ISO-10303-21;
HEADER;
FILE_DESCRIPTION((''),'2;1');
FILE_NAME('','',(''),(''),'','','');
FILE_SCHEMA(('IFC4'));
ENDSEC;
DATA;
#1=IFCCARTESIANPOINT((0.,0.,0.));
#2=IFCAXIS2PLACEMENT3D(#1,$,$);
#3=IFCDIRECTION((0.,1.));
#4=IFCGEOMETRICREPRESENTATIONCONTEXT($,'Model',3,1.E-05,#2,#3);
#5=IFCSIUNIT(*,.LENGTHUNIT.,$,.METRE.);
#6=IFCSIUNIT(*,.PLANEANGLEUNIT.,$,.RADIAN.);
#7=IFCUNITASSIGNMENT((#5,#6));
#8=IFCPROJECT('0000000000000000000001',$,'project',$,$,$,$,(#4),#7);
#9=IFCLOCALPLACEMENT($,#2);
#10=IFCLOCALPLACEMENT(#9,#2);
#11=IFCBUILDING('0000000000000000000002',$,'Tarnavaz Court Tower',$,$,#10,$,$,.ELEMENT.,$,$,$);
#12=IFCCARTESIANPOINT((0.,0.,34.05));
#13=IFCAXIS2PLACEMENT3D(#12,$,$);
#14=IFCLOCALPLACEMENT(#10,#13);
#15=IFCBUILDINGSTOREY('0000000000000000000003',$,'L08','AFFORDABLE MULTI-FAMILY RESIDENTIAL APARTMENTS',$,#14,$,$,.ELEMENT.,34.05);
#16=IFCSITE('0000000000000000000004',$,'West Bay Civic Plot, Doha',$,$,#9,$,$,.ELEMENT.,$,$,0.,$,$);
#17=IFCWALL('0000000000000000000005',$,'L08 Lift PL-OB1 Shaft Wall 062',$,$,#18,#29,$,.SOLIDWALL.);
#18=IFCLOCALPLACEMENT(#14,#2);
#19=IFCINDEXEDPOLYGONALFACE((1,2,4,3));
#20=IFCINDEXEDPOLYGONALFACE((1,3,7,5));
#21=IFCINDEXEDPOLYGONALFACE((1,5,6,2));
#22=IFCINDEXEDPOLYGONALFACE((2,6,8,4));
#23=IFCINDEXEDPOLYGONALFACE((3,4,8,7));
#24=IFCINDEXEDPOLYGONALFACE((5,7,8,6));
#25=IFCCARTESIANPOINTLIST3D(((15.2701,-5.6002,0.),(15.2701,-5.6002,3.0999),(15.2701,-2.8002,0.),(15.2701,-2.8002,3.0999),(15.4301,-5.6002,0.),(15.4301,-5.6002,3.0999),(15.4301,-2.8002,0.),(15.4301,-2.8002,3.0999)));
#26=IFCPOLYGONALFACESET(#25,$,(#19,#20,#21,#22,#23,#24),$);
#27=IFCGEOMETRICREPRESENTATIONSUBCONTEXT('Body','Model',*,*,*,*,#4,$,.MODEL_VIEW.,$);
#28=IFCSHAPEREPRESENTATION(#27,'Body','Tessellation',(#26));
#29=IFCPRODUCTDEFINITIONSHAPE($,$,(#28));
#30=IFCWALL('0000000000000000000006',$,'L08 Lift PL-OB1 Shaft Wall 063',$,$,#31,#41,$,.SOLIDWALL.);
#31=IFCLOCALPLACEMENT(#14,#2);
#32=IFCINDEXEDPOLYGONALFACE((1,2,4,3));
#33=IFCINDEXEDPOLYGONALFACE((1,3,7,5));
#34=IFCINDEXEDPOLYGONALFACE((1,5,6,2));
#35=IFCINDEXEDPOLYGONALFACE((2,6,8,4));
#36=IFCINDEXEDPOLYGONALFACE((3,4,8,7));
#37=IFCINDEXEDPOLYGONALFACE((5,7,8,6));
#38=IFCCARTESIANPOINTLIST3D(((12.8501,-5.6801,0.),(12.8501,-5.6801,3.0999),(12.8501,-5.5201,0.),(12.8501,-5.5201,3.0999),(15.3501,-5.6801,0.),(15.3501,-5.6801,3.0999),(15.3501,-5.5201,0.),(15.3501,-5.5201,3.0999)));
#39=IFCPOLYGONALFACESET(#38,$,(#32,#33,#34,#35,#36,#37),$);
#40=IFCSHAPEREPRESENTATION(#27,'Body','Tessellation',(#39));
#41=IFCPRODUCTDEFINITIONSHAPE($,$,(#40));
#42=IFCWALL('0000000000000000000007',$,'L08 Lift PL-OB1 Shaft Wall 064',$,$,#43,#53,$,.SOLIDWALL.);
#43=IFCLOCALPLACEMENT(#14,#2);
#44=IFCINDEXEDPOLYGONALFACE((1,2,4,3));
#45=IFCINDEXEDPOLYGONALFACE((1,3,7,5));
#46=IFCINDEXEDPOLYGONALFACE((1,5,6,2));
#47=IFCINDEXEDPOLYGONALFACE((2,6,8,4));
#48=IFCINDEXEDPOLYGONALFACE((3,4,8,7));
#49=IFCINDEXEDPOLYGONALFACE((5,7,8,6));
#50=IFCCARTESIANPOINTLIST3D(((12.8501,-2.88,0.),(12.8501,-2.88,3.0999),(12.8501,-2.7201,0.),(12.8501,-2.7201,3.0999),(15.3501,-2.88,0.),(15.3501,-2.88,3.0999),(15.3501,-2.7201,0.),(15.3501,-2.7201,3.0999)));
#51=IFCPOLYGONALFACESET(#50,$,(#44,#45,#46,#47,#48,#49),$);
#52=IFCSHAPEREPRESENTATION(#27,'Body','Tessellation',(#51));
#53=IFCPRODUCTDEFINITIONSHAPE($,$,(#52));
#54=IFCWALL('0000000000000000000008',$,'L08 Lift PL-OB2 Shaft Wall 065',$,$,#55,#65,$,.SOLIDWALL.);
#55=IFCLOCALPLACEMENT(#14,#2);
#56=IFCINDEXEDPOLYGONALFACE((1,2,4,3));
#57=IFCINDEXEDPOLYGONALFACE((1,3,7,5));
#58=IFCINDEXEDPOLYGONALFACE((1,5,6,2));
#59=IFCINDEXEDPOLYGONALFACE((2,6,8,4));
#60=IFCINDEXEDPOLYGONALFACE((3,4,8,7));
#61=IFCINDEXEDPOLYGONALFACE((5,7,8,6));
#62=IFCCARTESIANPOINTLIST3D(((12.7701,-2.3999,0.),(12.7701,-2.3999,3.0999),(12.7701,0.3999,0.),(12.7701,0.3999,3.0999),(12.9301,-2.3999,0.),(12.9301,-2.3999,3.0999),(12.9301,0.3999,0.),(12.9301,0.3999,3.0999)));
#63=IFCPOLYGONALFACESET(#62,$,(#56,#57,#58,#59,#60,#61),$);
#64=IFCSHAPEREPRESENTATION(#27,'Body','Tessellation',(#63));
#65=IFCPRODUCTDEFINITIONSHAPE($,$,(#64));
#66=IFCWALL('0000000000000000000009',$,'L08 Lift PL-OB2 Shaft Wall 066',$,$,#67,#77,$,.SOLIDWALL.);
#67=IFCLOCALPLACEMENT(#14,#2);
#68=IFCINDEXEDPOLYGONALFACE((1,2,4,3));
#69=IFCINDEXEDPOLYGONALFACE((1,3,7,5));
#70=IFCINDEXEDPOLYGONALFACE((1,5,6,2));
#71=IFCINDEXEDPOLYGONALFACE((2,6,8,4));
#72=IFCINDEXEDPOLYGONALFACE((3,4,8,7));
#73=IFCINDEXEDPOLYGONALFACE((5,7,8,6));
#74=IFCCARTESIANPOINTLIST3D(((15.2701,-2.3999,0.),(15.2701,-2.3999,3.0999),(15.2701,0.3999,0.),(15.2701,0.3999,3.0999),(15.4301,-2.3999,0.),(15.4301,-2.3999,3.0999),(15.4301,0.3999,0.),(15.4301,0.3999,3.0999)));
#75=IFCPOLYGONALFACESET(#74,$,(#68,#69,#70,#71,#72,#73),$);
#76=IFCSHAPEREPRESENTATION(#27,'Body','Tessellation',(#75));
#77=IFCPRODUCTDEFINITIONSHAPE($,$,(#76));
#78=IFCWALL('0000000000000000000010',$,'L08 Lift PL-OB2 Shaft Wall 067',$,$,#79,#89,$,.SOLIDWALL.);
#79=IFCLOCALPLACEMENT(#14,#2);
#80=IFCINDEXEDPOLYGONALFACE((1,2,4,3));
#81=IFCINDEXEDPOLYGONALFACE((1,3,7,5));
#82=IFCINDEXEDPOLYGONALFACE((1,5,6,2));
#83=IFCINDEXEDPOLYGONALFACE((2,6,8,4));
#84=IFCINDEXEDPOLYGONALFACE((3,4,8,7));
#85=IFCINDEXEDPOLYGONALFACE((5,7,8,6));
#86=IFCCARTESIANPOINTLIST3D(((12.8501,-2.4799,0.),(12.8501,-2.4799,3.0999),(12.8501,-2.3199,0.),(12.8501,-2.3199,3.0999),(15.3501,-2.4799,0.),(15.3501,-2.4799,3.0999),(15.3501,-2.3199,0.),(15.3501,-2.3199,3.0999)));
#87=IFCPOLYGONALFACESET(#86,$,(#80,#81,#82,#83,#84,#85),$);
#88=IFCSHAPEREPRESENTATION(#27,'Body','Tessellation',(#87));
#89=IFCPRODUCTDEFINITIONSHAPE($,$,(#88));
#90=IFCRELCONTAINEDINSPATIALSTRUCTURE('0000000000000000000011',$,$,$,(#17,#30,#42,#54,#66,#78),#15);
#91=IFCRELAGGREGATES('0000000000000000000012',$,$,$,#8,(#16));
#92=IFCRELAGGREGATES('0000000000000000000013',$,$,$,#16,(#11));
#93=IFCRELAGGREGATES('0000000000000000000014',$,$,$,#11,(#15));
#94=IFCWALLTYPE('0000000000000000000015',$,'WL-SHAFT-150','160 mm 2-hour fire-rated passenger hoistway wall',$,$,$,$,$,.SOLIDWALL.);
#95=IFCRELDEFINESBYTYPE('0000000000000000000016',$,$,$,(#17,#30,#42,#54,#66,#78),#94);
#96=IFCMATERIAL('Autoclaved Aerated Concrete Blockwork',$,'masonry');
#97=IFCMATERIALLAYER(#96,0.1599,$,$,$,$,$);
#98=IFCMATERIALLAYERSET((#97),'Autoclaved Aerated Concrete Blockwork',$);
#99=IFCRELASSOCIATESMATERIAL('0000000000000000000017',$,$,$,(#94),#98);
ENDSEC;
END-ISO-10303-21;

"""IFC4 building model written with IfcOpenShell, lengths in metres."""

from ifc_helpers import new_model, si_unit, direction, frame, frame_2d, origin, place, context, subcontext, project, spatial, rectangle, extrude, material, layer, layer_set, type_object, element, save


model = new_model("IFC4")

# Units and contexts
model_context = context("Model", 3, precision=1e-05, world=origin(), true_north=direction((0.0, 1.0)))
body_context = subcontext(model_context, "Body", "Model", "MODEL_VIEW")
ifc_project = project(units=[si_unit("LENGTHUNIT", "METRE"), si_unit("PLANEANGLEUNIT", "RADIAN")], contexts=[model_context])

# Site, building, storey
site_placement = place(None, origin())
site = spatial("IfcSite", under=ifc_project, at=site_placement, Name="West Bay Civic Plot, Doha", CompositionType="ELEMENT", RefElevation=0.0)
building_placement = place(site_placement, origin())
building = spatial("IfcBuilding", under=site, at=building_placement, Name="Tarnavaz Court Tower", CompositionType="ELEMENT")
storey_placement = place(building_placement, frame((0.0, 0.0, 34.05)))
storey = spatial("IfcBuildingStorey", under=building, at=storey_placement, Name="L08", Description="AFFORDABLE MULTI-FAMILY RESIDENTIAL APARTMENTS", CompositionType="ELEMENT", Elevation=34.05)

# Walls
ifc_material_1 = material(Name="Autoclaved Aerated Concrete Blockwork", Category="masonry")
ifc_layer_1 = layer(ifc_material_1, 0.1599)
ifc_layer_set_1 = layer_set([ifc_layer_1], Name="Autoclaved Aerated Concrete Blockwork")
wall_type_1 = type_object("IfcWallType", Name="WL-SHAFT-150", Description="160 mm 2-hour fire-rated passenger hoistway wall", PredefinedType="SOLIDWALL", material=ifc_layer_set_1)
wall_1_placement = place(storey_placement, frame((15.3501, -5.6001, 0.0), z_axis=(0.0, 0.0, 1.0), x_axis=(0.0, 1.0, 0.0)))
element("IfcWall", 1, at=wall_1_placement, inside=storey, type_object=wall_type_1, Name="L08 Lift PL-OB1 Shaft Wall 062", PredefinedType="SOLIDWALL", context=body_context, shape_type="SweptSolid", body=[
    extrude(rectangle(XDim=2.8, YDim=0.1599, at=frame_2d((1.3999, 0.0))), origin(), (0.0, 0.0, 1.0), 3.0999),
])
for number, where, z_axis, x_axis, name in (
    (2, (12.8501, -5.6001, 0.0), (0.0, 0.0, 1.0), (1.0, 0.0, 0.0), "L08 Lift PL-OB1 Shaft Wall 063"),
    (3, (12.8501, -2.8, 0.0), (0.0, 0.0, 1.0), (1.0, 0.0, 0.0), "L08 Lift PL-OB1 Shaft Wall 064"),
):
    element("IfcWall", number, at=place(storey_placement, frame(where, z_axis=z_axis, x_axis=x_axis)), inside=storey, type_object=wall_type_1, Name=name, PredefinedType="SOLIDWALL", context=body_context, shape_type="SweptSolid", body=[
        extrude(rectangle(XDim=2.5, YDim=0.1599, at=frame_2d((1.25, 0.0))), origin(), (0.0, 0.0, 1.0), 3.0999),
    ])
for number, where, z_axis, x_axis, name in (
    (4, (12.8501, -2.3999, 0.0), (0.0, 0.0, 1.0), (0.0, 1.0, 0.0), "L08 Lift PL-OB2 Shaft Wall 065"),
    (5, (15.3501, -2.3999, 0.0), (0.0, 0.0, 1.0), (0.0, 1.0, 0.0), "L08 Lift PL-OB2 Shaft Wall 066"),
):
    element("IfcWall", number, at=place(storey_placement, frame(where, z_axis=z_axis, x_axis=x_axis)), inside=storey, type_object=wall_type_1, Name=name, PredefinedType="SOLIDWALL", context=body_context, shape_type="SweptSolid", body=[
        extrude(rectangle(XDim=2.7998, YDim=0.1599, at=frame_2d((1.3999, 0.0))), origin(), (0.0, 0.0, 1.0), 3.0999),
    ])
wall_2_placement = place(storey_placement, frame((12.8501, -2.3999, 0.0), z_axis=(0.0, 0.0, 1.0), x_axis=(1.0, 0.0, 0.0)))
element("IfcWall", 6, at=wall_2_placement, inside=storey, type_object=wall_type_1, Name="L08 Lift PL-OB2 Shaft Wall 067", PredefinedType="SOLIDWALL", context=body_context, shape_type="SweptSolid", body=[
    extrude(rectangle(XDim=2.5, YDim=0.1599, at=frame_2d((1.25, 0.0))), origin(), (0.0, 0.0, 1.0), 3.0999),
])

save(model, "model.ifc")
